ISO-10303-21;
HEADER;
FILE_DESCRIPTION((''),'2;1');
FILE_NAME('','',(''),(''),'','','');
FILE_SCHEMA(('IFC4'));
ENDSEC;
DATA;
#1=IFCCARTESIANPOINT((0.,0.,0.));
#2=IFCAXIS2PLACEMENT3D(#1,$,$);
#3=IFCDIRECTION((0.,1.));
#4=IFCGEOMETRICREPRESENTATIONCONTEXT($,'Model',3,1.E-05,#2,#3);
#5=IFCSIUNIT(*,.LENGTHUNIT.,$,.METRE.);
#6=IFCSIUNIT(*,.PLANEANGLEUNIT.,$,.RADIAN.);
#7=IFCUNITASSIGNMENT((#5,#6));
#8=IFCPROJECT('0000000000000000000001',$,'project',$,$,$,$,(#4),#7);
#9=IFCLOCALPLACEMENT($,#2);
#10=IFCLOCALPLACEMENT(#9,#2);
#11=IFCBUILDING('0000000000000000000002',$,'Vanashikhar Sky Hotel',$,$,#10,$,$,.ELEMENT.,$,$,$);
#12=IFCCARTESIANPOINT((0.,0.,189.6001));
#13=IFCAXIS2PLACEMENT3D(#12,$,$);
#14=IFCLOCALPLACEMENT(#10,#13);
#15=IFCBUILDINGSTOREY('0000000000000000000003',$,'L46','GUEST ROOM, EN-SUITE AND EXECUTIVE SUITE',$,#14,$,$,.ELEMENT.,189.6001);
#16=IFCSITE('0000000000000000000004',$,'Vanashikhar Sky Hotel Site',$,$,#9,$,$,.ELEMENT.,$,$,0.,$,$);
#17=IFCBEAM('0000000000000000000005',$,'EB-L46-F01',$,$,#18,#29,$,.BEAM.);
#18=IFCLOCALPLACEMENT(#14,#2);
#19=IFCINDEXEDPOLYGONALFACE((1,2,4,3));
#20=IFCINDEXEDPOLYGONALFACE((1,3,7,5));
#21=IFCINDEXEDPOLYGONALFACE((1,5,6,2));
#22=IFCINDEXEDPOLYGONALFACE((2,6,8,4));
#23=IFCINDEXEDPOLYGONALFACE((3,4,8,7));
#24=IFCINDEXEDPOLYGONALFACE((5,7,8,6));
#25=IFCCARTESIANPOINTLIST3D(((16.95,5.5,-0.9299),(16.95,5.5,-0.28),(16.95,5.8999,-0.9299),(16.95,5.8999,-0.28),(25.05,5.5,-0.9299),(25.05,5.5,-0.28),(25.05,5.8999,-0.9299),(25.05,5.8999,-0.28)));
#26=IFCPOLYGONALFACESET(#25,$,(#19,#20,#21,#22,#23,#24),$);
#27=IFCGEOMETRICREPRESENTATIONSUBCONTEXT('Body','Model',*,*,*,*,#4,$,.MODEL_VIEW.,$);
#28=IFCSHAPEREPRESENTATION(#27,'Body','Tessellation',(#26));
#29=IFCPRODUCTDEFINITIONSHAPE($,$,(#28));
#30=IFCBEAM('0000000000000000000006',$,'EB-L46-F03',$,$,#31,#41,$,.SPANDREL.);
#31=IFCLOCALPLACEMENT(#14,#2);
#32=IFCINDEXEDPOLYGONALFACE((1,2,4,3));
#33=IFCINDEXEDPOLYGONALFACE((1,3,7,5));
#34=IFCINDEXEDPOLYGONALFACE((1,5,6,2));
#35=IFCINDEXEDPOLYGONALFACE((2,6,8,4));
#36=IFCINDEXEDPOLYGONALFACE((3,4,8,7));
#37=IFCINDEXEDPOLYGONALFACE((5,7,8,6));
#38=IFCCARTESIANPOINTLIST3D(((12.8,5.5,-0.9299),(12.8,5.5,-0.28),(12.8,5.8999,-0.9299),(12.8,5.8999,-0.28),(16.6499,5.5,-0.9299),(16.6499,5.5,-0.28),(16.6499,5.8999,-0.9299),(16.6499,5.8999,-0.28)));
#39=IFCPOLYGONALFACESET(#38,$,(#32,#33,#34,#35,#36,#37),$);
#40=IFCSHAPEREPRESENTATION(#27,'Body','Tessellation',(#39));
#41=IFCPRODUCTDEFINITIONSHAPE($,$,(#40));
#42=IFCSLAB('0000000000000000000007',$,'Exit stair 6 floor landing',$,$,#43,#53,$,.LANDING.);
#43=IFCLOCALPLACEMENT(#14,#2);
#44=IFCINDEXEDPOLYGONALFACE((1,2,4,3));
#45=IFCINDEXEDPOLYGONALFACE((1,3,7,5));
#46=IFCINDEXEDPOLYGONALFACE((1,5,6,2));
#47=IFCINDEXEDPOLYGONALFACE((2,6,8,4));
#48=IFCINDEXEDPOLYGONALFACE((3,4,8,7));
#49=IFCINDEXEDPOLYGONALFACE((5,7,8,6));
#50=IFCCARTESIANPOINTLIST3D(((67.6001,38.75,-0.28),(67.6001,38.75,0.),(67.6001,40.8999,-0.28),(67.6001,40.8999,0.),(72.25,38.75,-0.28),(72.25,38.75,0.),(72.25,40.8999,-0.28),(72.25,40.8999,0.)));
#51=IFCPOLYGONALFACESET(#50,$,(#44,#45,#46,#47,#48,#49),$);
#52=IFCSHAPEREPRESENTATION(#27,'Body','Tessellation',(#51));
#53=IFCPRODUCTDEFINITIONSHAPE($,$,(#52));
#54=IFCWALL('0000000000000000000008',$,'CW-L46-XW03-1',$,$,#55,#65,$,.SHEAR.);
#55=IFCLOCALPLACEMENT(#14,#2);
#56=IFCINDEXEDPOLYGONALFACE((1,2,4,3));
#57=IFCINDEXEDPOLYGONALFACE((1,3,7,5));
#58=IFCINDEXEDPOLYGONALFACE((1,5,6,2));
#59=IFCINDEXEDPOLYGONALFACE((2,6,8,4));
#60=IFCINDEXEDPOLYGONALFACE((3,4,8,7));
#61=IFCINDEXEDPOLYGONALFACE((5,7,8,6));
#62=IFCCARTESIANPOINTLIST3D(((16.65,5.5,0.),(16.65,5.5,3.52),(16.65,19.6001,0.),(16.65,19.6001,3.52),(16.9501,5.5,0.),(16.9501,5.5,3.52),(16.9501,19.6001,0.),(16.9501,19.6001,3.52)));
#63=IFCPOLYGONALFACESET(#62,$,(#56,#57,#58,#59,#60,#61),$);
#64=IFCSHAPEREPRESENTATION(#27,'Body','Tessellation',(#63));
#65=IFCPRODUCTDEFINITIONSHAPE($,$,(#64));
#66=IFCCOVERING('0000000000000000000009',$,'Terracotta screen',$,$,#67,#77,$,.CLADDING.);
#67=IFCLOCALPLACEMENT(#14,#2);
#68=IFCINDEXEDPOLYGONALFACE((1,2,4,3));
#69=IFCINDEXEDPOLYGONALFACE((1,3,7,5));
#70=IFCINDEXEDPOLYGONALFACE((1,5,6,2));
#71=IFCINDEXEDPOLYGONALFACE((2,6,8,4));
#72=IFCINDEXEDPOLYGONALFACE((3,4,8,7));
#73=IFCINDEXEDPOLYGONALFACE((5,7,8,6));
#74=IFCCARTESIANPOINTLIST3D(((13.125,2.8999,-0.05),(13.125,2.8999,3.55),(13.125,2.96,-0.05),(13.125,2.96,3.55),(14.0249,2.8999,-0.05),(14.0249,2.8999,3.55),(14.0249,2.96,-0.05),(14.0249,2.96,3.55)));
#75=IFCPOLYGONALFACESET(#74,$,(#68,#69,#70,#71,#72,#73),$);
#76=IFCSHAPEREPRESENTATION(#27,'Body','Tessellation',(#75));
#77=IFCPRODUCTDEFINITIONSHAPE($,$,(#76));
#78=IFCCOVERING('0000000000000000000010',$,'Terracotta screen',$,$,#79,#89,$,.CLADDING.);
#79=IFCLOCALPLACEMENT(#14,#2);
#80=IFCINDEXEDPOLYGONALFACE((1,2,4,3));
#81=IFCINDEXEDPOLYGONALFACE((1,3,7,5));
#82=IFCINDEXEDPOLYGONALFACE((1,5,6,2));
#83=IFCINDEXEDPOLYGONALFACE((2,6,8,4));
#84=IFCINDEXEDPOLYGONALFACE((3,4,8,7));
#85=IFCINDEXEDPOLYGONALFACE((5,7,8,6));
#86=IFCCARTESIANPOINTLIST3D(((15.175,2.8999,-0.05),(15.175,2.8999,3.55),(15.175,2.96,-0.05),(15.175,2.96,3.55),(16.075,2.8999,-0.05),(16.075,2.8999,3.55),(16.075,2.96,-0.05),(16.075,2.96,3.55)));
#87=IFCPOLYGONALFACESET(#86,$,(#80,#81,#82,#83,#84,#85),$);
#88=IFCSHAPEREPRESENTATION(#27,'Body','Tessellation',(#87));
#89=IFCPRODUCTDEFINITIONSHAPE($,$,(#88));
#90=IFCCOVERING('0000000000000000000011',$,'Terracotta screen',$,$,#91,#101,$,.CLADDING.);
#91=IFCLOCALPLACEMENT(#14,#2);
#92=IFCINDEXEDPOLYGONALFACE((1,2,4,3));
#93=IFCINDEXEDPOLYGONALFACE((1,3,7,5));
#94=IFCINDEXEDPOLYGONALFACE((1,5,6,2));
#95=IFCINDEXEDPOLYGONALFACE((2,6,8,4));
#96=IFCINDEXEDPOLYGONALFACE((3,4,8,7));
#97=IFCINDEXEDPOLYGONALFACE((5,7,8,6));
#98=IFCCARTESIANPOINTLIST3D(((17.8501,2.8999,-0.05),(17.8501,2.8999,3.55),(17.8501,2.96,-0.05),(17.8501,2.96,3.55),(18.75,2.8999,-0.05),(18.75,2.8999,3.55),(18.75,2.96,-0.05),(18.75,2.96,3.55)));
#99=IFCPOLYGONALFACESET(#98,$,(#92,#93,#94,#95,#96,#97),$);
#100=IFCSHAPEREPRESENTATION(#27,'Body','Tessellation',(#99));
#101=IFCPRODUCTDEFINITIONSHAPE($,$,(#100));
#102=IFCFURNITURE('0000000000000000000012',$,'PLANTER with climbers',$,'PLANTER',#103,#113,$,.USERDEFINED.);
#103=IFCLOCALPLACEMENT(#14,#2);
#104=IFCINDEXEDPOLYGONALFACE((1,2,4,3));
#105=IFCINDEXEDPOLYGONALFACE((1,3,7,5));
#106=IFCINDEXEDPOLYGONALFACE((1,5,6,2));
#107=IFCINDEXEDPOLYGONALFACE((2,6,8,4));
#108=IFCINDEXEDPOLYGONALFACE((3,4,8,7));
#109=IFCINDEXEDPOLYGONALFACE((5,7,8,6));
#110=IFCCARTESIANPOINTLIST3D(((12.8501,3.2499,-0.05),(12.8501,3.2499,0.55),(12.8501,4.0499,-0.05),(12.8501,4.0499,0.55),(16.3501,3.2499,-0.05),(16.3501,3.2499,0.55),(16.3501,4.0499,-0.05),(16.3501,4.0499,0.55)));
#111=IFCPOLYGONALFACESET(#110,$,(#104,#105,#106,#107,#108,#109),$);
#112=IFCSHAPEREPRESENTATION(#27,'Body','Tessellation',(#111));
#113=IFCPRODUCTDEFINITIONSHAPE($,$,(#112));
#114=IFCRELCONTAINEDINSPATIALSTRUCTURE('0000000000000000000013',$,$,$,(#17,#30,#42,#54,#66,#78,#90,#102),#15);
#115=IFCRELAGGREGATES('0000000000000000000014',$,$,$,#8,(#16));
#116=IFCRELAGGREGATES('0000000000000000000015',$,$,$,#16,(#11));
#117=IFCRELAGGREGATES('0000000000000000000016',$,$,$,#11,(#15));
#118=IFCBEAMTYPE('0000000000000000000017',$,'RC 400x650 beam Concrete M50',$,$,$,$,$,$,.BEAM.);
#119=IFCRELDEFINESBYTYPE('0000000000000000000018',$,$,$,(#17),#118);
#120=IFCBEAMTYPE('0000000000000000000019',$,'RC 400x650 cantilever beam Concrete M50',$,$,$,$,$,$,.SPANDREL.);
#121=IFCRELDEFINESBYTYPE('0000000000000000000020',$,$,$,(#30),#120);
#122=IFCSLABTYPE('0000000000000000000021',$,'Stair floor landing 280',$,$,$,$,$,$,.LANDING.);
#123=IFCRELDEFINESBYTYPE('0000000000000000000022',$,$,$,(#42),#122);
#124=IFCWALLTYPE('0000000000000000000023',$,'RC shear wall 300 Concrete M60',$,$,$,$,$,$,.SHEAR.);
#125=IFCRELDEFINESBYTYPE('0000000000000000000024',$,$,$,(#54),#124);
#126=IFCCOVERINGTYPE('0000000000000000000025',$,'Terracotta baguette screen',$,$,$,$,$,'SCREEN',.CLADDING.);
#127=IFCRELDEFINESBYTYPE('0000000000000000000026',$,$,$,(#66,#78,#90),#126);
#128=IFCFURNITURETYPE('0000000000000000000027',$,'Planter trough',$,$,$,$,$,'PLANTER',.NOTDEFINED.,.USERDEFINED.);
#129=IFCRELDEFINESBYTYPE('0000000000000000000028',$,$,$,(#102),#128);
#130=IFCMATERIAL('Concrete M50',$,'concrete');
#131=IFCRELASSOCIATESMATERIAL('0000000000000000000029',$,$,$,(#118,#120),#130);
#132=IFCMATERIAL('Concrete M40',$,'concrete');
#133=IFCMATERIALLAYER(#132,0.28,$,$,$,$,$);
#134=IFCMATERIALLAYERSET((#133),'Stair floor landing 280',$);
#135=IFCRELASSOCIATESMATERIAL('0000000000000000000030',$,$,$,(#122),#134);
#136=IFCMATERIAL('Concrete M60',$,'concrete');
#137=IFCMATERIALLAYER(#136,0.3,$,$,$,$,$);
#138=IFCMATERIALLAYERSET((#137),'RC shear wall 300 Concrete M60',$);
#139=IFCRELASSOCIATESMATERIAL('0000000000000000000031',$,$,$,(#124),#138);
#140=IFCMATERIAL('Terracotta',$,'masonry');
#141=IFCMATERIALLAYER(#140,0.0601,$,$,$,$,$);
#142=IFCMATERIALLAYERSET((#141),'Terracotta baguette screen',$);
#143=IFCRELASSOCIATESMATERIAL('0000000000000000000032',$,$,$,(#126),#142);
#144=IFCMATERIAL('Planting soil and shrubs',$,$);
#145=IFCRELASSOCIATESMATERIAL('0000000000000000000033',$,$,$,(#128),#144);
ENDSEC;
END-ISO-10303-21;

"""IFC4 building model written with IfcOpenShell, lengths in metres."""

from ifc_helpers import new_model, si_unit, direction, frame, frame_2d, origin, origin_2d, place, context, subcontext, project, spatial, polyline, rectangle, outline, extrude, source, transform, mapped, material, layer, layer_set, material_profile, profile_set, type_object, element, save


model = new_model("IFC4")

# Units and contexts
model_context = context("Model", 3, precision=1e-05, world=origin(), true_north=direction((0.0, 1.0)))
body_context = subcontext(model_context, "Body", "Model", "MODEL_VIEW")
ifc_project = project(units=[si_unit("LENGTHUNIT", "METRE"), si_unit("PLANEANGLEUNIT", "RADIAN")], contexts=[model_context])

# Site, building, storey
site_placement = place(None, origin())
site = spatial("IfcSite", under=ifc_project, at=site_placement, Name="Vanashikhar Sky Hotel Site", CompositionType="ELEMENT", RefElevation=0.0)
building_placement = place(site_placement, origin())
building = spatial("IfcBuilding", under=site, at=building_placement, Name="Vanashikhar Sky Hotel", CompositionType="ELEMENT")
storey_placement = place(building_placement, frame((0.0, 0.0, 189.6001)))
storey = spatial("IfcBuildingStorey", under=building, at=storey_placement, Name="L46", Description="GUEST ROOM, EN-SUITE AND EXECUTIVE SUITE", CompositionType="ELEMENT", Elevation=189.6001)

# Beams
ifc_material_1 = material(Name="Concrete M50", Category="concrete")
ifc_material_profile_1 = material_profile(ifc_material_1, rectangle(XDim=0.3999, YDim=0.6499, at=origin_2d()))
ifc_profile_set_1 = profile_set([ifc_material_profile_1], Name="RC 400x650 beam Concrete M50")
beam_type_1 = type_object("IfcBeamType", Name="RC 400x650 beam Concrete M50", PredefinedType="BEAM", material=ifc_profile_set_1)
shared_shape_1 = source(origin(), body_context, "Body", "SweptSolid", [
    extrude(rectangle(XDim=0.3999, YDim=0.6499, at=origin_2d()), origin(), (0.0, 0.0, 1.0), 8.1001),
])
beam_1_placement = place(storey_placement, frame((16.95, 5.7, -0.605), z_axis=(1.0, 0.0, 0.0), x_axis=(0.0, 1.0, 0.0)))
element("IfcBeam", 1, at=beam_1_placement, inside=storey, type_object=beam_type_1, Name="EB-L46-F01", PredefinedType="BEAM", context=body_context, shape_type="MappedRepresentation", body=[
    mapped(shared_shape_1, transform((0.0, 0.0, 0.0), scale=1.0)),
])
ifc_material_profile_2 = material_profile(ifc_material_1, rectangle(XDim=0.3999, YDim=0.6499, at=origin_2d()))
ifc_profile_set_2 = profile_set([ifc_material_profile_2], Name="RC 400x650 cantilever beam Concrete M50")
beam_type_2 = type_object("IfcBeamType", Name="RC 400x650 cantilever beam Concrete M50", PredefinedType="SPANDREL", material=ifc_profile_set_2)
shared_shape_2 = source(origin(), body_context, "Body", "SweptSolid", [
    extrude(rectangle(XDim=0.3999, YDim=0.6499, at=origin_2d()), origin(), (0.0, 0.0, 1.0), 3.8499),
])
beam_2_placement = place(storey_placement, frame((12.8, 5.7, -0.605), z_axis=(1.0, 0.0, 0.0), x_axis=(0.0, 1.0, 0.0)))
element("IfcBeam", 2, at=beam_2_placement, inside=storey, type_object=beam_type_2, Name="EB-L46-F03", PredefinedType="SPANDREL", context=body_context, shape_type="MappedRepresentation", body=[
    mapped(shared_shape_2, transform((0.0, 0.0, 0.0), scale=1.0)),
])

# Slab
ifc_material_2 = material(Name="Concrete M40", Category="concrete")
ifc_layer_1 = layer(ifc_material_2, 0.28)
ifc_layer_set_1 = layer_set([ifc_layer_1], Name="Stair floor landing 280")
slab_type = type_object("IfcSlabType", Name="Stair floor landing 280", PredefinedType="LANDING", material=ifc_layer_set_1)
shared_shape_3 = source(origin(), body_context, "Body", "SweptSolid", [
    extrude(outline(polyline([(72.25, 38.75), (72.25, 40.8999), (67.6001, 40.8999), (67.6001, 38.75), (72.25, 38.75)])), origin(), (0.0, 0.0, 1.0), 0.28),
])
slab_placement = place(storey_placement, frame((0.0, 0.0, -0.28)))
element("IfcSlab", 3, at=slab_placement, inside=storey, type_object=slab_type, Name="Exit stair 6 floor landing", PredefinedType="LANDING", context=body_context, shape_type="MappedRepresentation", body=[
    mapped(shared_shape_3, transform((0.0, 0.0, 0.0), scale=1.0)),
])

# Wall
ifc_material_3 = material(Name="Concrete M60", Category="concrete")
ifc_layer_2 = layer(ifc_material_3, 0.3)
ifc_layer_set_2 = layer_set([ifc_layer_2], Name="RC shear wall 300 Concrete M60")
wall_type_1 = type_object("IfcWallType", Name="RC shear wall 300 Concrete M60", PredefinedType="SHEAR", material=ifc_layer_set_2)
shared_shape_4 = source(origin(), body_context, "Body", "SweptSolid", [
    extrude(rectangle(XDim=14.1001, YDim=0.3, at=frame_2d((7.05, 0.0))), origin(), (0.0, 0.0, 1.0), 3.52),
])
wall_1_placement = place(storey_placement, frame((16.8, 5.5, 0.0), z_axis=(0.0, 0.0, 1.0), x_axis=(0.0, 1.0, 0.0)))
element("IfcWall", 4, at=wall_1_placement, inside=storey, type_object=wall_type_1, Name="CW-L46-XW03-1", PredefinedType="SHEAR", context=body_context, shape_type="MappedRepresentation", body=[
    mapped(shared_shape_4, transform((0.0, 0.0, 0.0), scale=1.0)),
])

# Coverings
ifc_material_4 = material(Name="Terracotta", Category="masonry")
ifc_layer_3 = layer(ifc_material_4, 0.0601)
ifc_layer_set_3 = layer_set([ifc_layer_3], Name="Terracotta baguette screen")
covering_type = type_object("IfcCoveringType", Name="Terracotta baguette screen", ElementType="SCREEN", PredefinedType="CLADDING", material=ifc_layer_set_3)
shared_shape_5 = source(origin(), body_context, "Body", "SweptSolid", [
    extrude(rectangle(XDim=0.8999, YDim=0.0601, at=origin_2d()), origin(), (0.0, 0.0, 1.0), 3.6001),
])
for number, where, z_axis, x_axis, name in (
    (5, (13.575, 2.9299, -0.05), (0.0, 0.0, 1.0), (1.0, 0.0, 0.0), "Terracotta screen"),
    (6, (15.625, 2.9299, -0.05), (0.0, 0.0, 1.0), (1.0, 0.0, 0.0), "Terracotta screen"),
    (7, (18.3, 2.9299, -0.05), (0.0, 0.0, 1.0), (1.0, 0.0, 0.0), "Terracotta screen"),
):
    element("IfcCovering", number, at=place(storey_placement, frame(where, z_axis=z_axis, x_axis=x_axis)), inside=storey, type_object=covering_type, Name=name, PredefinedType="CLADDING", context=body_context, shape_type="MappedRepresentation", body=[
        mapped(shared_shape_5, transform((0.0, 0.0, 0.0), scale=1.0)),
    ])

# Furniture
ifc_material_5 = material(Name="Planting soil and shrubs")
furniture_type = type_object("IfcFurnitureType", Name="Planter trough", ElementType="PLANTER", AssemblyPlace="NOTDEFINED", PredefinedType="USERDEFINED", material=ifc_material_5)
shared_shape_6 = source(origin(), body_context, "Body", "SweptSolid", [
    extrude(rectangle(XDim=3.5, YDim=0.8, at=origin_2d()), origin(), (0.0, 0.0, 1.0), 0.6001),
])
furniture_placement = place(storey_placement, frame((14.6001, 3.6499, -0.05), z_axis=(0.0, 0.0, 1.0), x_axis=(1.0, 0.0, 0.0)))
element("IfcFurniture", 8, at=furniture_placement, inside=storey, type_object=furniture_type, Name="PLANTER with climbers", ObjectType="PLANTER", PredefinedType="USERDEFINED", context=body_context, shape_type="MappedRepresentation", body=[
    mapped(shared_shape_6, transform((0.0, 0.0, 0.0), scale=1.0)),
])

save(model, "model.ifc")
